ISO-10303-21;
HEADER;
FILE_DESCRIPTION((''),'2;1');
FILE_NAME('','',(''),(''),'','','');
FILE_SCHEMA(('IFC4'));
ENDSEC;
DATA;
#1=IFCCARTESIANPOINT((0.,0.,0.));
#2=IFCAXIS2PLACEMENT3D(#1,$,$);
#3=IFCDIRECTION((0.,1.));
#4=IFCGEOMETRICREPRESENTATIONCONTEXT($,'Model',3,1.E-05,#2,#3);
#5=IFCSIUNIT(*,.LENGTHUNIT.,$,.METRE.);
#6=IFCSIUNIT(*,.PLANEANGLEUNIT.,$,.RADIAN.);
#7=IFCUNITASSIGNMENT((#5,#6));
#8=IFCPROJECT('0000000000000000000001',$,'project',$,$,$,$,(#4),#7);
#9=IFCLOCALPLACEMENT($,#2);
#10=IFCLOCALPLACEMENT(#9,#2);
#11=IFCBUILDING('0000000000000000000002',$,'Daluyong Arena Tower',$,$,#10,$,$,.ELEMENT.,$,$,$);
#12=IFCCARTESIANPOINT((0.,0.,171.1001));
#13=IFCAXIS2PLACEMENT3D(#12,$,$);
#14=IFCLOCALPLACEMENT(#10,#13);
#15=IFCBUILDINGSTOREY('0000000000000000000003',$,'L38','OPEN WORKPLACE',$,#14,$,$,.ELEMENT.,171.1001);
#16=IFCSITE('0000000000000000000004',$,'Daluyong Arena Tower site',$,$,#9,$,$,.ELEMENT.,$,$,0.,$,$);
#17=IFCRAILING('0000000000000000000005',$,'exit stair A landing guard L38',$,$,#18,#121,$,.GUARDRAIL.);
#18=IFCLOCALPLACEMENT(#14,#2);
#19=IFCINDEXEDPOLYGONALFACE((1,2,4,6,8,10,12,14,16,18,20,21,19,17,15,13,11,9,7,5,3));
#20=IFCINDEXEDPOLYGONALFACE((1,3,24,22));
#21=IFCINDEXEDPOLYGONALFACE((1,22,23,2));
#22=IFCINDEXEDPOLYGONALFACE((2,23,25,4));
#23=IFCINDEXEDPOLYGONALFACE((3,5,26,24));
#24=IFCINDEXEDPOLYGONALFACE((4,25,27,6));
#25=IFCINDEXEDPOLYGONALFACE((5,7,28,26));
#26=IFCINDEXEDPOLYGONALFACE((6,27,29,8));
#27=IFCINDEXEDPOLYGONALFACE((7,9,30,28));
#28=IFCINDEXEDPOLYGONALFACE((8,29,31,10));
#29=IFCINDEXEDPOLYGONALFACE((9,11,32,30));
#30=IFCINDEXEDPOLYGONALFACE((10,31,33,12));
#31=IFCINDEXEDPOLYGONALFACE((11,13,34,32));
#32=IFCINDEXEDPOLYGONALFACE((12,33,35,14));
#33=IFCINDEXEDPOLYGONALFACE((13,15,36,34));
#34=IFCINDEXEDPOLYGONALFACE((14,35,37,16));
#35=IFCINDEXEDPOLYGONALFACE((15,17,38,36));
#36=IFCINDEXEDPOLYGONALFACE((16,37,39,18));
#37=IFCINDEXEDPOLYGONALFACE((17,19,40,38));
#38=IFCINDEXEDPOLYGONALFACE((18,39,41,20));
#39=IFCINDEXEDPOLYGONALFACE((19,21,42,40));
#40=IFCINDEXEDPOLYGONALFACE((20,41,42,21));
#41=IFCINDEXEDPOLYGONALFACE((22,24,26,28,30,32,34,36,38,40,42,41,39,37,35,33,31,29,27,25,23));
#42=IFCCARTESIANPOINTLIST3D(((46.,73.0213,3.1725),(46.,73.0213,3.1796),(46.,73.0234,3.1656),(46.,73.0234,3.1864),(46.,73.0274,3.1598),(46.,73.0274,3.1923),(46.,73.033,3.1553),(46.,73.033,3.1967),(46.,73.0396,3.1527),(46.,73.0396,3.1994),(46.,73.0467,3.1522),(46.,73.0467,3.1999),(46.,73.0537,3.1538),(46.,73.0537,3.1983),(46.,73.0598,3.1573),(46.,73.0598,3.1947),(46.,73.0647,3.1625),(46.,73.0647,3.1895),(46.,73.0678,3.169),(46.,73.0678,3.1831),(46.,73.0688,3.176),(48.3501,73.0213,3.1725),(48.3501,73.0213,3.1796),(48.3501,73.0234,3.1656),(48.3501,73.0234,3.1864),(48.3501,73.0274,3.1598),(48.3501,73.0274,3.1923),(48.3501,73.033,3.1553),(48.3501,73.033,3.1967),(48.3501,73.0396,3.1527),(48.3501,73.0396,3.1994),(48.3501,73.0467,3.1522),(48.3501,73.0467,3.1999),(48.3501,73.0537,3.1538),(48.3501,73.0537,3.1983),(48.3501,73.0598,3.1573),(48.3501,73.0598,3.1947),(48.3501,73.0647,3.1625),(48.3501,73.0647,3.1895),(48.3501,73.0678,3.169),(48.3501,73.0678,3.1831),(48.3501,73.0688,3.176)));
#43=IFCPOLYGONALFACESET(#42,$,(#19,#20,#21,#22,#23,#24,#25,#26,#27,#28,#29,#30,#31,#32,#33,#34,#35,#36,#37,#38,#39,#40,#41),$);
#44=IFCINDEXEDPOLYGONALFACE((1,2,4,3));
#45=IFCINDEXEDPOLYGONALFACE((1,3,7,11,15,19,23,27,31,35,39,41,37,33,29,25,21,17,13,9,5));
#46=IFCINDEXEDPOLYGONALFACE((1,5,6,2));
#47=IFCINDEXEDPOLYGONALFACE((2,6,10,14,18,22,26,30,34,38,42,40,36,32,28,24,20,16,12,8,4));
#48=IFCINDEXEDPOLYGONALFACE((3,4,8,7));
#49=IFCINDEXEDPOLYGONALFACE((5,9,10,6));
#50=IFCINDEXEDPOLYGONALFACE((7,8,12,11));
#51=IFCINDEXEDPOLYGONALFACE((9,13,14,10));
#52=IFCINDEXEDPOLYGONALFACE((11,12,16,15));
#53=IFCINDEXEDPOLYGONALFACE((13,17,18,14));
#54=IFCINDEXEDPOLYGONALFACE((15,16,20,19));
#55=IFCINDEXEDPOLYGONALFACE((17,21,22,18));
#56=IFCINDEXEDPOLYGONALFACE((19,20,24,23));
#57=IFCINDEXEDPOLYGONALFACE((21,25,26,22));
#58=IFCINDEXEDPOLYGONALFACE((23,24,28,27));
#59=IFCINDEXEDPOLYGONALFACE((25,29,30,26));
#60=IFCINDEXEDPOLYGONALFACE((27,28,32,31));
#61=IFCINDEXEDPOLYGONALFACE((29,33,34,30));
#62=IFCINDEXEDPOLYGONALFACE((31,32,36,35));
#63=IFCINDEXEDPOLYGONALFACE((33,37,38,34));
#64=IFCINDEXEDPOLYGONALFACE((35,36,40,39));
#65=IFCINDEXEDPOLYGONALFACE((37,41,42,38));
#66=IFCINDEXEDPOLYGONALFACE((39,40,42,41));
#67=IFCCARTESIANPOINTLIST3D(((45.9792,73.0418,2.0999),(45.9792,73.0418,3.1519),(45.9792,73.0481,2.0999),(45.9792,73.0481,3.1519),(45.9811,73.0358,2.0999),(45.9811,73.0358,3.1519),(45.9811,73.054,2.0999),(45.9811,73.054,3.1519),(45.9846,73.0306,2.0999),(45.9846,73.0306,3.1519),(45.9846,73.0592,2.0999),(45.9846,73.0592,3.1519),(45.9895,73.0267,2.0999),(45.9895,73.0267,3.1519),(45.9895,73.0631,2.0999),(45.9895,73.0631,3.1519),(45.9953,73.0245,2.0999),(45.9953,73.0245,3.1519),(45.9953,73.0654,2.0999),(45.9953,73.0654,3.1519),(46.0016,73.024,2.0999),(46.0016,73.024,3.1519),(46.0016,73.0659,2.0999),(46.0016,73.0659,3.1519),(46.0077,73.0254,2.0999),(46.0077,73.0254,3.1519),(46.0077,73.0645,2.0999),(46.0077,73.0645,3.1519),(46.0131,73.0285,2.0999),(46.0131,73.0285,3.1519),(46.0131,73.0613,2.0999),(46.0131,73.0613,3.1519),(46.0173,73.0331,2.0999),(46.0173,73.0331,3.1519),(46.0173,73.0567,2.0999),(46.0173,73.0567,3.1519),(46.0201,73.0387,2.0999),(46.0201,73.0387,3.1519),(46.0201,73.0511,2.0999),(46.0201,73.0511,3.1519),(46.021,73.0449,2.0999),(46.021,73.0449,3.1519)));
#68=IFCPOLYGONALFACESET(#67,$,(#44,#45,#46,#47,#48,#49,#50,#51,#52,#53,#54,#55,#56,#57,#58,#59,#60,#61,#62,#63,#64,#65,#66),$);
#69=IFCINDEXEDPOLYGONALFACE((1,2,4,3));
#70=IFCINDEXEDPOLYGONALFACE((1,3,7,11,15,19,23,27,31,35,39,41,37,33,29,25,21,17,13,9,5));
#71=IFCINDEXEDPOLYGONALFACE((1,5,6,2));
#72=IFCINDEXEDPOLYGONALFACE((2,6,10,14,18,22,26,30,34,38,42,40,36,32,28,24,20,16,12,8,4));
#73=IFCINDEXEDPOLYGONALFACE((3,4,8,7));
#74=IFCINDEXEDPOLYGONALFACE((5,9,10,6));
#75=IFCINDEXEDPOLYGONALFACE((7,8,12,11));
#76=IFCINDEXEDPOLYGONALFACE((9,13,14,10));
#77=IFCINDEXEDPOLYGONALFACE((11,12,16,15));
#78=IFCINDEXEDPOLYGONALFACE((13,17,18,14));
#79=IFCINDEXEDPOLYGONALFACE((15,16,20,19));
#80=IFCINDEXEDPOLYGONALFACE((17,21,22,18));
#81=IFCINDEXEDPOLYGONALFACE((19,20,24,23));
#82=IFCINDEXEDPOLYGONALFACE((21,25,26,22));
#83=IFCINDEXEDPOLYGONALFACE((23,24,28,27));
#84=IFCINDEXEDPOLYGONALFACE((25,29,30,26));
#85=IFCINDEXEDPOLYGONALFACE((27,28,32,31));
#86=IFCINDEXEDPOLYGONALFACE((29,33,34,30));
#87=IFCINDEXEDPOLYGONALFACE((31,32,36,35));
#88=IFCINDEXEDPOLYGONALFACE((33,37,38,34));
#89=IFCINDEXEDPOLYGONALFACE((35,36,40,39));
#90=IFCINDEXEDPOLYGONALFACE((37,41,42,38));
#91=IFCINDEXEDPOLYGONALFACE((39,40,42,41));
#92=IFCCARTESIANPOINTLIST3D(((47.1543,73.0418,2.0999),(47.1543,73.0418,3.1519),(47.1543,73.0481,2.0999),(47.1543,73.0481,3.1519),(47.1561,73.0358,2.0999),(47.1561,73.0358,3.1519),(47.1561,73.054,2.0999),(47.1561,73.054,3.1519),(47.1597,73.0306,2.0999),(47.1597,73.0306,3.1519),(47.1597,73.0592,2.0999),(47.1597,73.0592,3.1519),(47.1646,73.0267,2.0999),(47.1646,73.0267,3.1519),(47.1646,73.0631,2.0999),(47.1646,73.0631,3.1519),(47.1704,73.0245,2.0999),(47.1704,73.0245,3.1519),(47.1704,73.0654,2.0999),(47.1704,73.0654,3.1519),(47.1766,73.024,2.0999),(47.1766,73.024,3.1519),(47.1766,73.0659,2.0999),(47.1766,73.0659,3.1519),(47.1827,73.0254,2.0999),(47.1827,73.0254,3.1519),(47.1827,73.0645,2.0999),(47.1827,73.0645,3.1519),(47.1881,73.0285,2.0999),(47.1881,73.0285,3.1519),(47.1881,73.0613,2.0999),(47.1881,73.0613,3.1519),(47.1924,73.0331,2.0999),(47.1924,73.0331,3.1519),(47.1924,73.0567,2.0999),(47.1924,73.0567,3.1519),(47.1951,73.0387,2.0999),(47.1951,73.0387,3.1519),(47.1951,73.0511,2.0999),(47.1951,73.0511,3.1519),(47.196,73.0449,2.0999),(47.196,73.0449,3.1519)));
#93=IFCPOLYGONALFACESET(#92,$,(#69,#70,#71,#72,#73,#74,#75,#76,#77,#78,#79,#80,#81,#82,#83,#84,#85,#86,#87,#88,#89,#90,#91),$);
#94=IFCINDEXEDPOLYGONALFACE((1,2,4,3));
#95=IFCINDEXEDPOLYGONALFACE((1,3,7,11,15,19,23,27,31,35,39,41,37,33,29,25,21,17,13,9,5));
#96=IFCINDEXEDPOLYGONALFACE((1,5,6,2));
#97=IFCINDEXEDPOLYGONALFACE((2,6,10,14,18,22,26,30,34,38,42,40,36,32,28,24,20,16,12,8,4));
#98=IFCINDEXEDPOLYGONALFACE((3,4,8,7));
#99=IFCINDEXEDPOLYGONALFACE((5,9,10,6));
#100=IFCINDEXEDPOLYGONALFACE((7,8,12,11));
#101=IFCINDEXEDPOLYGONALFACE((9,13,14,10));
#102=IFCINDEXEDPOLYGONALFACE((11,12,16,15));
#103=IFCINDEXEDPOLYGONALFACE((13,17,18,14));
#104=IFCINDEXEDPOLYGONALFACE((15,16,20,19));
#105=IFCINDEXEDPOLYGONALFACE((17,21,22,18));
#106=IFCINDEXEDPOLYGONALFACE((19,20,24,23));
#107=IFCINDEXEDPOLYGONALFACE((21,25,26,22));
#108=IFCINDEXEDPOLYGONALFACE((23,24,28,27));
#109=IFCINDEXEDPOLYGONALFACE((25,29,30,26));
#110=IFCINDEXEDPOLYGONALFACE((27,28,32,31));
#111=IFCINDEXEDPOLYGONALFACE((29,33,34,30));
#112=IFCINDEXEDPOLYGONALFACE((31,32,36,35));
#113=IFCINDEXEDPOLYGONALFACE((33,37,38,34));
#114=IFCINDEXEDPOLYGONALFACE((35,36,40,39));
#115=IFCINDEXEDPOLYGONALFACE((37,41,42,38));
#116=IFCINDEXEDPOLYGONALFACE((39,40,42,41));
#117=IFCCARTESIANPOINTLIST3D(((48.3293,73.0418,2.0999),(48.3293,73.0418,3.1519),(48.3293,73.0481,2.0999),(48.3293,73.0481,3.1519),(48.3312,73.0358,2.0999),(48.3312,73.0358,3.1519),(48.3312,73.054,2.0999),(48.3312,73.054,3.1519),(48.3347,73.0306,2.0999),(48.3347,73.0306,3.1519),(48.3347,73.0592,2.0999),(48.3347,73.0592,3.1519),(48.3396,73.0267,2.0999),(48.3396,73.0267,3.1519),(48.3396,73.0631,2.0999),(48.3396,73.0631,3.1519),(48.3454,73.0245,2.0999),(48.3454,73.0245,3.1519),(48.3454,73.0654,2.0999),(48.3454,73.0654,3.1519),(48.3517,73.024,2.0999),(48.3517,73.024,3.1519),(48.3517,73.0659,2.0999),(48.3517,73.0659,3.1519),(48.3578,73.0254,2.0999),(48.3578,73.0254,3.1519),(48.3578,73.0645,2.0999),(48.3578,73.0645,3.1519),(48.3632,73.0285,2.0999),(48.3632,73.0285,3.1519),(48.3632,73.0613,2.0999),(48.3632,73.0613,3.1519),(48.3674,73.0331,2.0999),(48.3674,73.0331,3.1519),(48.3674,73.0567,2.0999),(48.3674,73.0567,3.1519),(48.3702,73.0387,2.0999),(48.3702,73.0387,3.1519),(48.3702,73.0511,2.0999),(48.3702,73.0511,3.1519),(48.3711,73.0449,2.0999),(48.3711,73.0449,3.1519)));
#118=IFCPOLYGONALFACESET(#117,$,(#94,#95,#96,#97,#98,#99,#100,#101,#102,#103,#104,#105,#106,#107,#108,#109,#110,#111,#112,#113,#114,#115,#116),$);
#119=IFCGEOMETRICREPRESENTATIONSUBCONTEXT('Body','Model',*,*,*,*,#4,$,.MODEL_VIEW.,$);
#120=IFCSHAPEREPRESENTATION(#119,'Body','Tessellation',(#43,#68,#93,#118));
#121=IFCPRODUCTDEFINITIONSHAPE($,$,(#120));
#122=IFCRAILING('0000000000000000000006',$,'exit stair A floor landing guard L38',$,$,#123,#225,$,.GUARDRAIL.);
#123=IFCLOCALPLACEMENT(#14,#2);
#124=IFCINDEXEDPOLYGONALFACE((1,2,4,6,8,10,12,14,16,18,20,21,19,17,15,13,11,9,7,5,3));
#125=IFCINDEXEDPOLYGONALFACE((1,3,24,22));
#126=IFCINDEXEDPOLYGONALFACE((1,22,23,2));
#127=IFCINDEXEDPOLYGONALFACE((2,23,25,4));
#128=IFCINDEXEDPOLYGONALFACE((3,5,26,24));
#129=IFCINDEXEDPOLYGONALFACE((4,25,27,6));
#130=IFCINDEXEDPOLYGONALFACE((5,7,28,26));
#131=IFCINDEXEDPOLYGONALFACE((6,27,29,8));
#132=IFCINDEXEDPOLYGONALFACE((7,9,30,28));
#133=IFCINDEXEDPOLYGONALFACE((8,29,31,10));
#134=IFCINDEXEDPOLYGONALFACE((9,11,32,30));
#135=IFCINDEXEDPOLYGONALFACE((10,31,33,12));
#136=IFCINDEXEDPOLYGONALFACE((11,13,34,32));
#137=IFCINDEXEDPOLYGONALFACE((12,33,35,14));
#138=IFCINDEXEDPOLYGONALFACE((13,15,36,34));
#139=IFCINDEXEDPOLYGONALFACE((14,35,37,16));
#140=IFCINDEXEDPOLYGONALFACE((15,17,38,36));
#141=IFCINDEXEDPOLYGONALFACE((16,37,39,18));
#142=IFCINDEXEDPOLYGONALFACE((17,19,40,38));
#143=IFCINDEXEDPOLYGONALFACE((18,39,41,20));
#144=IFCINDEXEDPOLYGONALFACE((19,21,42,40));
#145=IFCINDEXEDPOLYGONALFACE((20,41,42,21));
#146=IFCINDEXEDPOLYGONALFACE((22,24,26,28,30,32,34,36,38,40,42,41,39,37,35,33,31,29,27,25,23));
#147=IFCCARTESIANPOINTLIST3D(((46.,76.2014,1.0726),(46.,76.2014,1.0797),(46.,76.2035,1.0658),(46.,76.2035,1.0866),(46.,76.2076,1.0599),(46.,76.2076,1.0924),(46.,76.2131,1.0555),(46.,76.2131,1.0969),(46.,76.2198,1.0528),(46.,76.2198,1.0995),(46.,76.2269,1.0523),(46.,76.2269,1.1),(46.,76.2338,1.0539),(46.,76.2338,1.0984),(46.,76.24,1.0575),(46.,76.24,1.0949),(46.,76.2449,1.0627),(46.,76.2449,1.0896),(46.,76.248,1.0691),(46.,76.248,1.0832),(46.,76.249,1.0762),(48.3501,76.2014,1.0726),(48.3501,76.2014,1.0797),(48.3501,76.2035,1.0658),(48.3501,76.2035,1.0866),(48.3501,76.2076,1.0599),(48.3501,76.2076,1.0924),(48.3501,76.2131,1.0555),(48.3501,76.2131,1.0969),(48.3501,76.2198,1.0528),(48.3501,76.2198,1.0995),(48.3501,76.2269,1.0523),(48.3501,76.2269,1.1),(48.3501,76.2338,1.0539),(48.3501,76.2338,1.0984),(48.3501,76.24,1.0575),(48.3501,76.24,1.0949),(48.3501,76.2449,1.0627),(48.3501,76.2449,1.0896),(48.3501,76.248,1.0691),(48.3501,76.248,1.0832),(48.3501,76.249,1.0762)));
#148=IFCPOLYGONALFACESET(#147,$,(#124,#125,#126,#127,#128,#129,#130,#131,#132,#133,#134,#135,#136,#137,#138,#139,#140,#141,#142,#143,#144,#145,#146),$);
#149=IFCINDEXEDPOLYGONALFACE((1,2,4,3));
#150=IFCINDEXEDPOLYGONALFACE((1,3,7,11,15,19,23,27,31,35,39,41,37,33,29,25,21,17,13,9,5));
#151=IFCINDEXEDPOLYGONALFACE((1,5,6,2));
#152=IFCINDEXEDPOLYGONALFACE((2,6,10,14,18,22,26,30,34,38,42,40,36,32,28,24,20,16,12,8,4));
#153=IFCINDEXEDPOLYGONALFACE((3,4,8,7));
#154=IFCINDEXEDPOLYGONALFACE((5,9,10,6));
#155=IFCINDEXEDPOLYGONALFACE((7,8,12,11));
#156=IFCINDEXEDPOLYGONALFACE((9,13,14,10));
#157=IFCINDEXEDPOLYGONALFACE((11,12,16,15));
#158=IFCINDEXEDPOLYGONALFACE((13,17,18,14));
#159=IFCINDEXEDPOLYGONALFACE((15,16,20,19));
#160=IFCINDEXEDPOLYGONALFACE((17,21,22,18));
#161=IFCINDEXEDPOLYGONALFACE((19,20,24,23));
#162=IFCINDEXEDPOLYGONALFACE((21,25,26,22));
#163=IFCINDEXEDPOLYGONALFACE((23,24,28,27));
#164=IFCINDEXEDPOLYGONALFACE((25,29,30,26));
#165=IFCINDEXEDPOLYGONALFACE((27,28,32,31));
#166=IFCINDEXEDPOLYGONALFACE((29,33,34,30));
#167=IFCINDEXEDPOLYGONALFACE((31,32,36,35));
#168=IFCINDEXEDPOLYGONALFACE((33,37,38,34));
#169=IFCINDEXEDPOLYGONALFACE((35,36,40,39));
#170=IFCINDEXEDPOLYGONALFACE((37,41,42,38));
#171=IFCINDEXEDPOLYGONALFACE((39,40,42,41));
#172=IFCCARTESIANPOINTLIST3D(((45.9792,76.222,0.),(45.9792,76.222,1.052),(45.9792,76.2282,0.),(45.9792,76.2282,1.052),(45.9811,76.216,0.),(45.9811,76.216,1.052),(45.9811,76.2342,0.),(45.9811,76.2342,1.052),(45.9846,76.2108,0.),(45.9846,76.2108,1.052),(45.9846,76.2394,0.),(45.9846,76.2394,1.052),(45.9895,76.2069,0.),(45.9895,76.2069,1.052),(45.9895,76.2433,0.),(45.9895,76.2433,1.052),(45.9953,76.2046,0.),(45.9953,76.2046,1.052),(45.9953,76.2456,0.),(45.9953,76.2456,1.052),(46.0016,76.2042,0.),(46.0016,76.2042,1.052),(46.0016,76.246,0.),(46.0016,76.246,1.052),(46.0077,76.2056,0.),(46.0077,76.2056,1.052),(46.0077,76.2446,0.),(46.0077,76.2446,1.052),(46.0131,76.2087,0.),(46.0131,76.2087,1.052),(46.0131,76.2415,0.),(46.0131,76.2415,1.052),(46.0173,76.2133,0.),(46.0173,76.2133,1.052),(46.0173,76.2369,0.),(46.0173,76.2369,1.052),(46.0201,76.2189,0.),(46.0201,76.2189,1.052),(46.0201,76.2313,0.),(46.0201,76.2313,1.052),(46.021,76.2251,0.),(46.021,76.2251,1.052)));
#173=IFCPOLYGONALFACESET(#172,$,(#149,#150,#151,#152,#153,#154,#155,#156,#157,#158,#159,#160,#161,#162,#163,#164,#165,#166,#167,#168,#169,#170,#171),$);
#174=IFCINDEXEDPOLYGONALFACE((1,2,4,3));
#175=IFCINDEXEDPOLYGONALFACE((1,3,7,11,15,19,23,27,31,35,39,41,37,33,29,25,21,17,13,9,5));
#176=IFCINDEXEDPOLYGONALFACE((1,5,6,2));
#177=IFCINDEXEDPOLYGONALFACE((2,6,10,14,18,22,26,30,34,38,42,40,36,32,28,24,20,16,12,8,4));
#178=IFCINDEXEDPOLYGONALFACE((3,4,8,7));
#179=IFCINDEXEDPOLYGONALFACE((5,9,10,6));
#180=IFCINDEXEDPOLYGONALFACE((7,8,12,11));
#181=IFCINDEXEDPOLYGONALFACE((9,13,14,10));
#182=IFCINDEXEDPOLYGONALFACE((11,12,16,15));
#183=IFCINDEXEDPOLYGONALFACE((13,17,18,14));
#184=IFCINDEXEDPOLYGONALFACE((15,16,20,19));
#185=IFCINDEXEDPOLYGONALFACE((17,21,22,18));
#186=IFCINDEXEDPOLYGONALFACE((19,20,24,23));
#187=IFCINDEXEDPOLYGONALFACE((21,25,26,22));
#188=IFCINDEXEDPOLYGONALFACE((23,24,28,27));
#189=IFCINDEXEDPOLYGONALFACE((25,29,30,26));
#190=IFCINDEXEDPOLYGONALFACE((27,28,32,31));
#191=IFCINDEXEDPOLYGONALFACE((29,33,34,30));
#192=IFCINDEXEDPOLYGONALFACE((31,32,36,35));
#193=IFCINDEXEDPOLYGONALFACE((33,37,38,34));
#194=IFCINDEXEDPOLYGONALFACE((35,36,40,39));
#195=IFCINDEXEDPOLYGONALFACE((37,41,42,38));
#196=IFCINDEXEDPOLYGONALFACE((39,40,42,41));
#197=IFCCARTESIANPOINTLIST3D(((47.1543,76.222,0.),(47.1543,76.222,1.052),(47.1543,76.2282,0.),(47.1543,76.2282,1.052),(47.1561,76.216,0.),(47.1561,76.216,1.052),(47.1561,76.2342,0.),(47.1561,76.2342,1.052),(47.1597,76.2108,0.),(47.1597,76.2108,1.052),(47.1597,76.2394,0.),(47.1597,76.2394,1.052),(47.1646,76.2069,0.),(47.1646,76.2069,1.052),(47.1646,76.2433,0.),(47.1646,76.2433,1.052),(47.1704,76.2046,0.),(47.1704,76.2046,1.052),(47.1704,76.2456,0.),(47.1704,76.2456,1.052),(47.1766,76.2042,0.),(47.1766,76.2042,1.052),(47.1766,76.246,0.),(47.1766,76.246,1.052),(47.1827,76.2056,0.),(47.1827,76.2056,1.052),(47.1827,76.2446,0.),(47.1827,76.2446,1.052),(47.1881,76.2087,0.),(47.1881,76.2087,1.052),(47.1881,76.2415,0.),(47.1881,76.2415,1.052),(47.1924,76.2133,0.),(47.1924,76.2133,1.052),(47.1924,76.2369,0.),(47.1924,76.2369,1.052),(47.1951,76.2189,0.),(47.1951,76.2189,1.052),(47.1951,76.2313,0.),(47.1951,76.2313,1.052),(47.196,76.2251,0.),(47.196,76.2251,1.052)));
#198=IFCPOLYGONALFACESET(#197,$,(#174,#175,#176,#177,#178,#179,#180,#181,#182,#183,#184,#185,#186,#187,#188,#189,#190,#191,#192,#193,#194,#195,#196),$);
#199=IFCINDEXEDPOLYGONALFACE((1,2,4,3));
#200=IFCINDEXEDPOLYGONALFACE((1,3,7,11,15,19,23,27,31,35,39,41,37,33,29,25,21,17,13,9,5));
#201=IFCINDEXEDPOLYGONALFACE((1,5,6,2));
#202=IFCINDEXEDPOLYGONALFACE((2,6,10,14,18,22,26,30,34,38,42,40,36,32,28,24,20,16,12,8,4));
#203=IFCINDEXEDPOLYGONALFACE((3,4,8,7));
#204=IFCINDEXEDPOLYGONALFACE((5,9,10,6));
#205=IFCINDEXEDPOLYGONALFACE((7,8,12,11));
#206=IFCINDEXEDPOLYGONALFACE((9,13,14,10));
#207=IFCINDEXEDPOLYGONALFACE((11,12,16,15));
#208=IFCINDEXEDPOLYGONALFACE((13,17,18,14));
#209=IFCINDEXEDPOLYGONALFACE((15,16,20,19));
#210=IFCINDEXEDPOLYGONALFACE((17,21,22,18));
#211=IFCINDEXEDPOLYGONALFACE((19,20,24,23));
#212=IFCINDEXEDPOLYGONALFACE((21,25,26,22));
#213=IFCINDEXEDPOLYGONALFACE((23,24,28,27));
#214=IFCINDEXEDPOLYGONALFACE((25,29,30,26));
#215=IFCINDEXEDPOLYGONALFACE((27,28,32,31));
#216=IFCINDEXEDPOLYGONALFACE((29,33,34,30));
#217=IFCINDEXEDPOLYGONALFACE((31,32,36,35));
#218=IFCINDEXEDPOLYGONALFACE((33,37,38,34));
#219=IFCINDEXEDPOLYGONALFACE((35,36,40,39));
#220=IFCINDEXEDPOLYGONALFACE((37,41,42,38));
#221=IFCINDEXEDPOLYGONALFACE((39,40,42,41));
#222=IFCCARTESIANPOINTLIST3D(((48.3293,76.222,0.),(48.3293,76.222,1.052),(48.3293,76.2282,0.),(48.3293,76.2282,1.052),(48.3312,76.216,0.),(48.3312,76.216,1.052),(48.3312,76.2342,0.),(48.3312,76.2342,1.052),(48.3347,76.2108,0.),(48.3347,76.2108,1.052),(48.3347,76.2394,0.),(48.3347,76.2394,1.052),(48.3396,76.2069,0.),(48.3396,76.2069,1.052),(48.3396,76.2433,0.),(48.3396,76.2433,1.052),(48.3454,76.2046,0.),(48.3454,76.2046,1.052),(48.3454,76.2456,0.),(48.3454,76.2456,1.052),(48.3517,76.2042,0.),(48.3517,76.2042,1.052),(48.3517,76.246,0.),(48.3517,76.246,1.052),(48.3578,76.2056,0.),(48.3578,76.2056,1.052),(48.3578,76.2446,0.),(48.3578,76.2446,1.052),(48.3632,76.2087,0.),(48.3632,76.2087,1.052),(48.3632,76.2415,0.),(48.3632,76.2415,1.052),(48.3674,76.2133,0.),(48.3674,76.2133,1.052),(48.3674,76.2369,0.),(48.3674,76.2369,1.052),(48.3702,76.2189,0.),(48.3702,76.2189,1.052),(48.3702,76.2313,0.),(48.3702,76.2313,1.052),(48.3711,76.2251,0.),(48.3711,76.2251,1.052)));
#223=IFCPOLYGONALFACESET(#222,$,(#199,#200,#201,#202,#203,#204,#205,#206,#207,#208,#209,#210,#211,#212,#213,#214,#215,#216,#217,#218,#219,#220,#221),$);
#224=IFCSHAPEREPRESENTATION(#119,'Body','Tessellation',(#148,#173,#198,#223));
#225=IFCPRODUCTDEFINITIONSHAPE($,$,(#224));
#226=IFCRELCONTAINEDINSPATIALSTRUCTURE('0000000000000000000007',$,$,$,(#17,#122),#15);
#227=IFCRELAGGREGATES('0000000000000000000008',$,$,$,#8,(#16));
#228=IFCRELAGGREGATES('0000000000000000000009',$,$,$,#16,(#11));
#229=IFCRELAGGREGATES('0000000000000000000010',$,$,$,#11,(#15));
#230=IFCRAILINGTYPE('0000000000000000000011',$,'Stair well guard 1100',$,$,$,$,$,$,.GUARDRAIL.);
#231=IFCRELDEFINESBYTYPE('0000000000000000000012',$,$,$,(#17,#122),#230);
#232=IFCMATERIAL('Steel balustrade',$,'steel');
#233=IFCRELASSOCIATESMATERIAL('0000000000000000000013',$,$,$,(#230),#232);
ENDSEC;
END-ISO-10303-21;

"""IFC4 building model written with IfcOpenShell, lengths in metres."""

from ifc_helpers import new_model, si_unit, direction, frame, origin, origin_2d, place, context, subcontext, project, spatial, circle, extrude, material, type_object, element, save


model = new_model("IFC4")

# Units and contexts
model_context = context("Model", 3, precision=1e-05, world=origin(), true_north=direction((0.0, 1.0)))
body_context = subcontext(model_context, "Body", "Model", "MODEL_VIEW")
ifc_project = project(units=[si_unit("LENGTHUNIT", "METRE"), si_unit("PLANEANGLEUNIT", "RADIAN")], contexts=[model_context])

# Site, building, storey
site_placement = place(None, origin())
site = spatial("IfcSite", under=ifc_project, at=site_placement, Name="Daluyong Arena Tower site", CompositionType="ELEMENT", RefElevation=0.0)
building_placement = place(site_placement, origin())
building = spatial("IfcBuilding", under=site, at=building_placement, Name="Daluyong Arena Tower", CompositionType="ELEMENT")
storey_placement = place(building_placement, frame((0.0, 0.0, 171.1001)))
storey = spatial("IfcBuildingStorey", under=building, at=storey_placement, Name="L38", Description="OPEN WORKPLACE", CompositionType="ELEMENT", Elevation=171.1001)

# Railings
ifc_material_1 = material(Name="Steel balustrade", Category="steel")
railing_type_1 = type_object("IfcRailingType", Name="Stair well guard 1100", PredefinedType="GUARDRAIL", material=ifc_material_1)
for number, where, name in (
    (1, (46.0, 73.0449, 2.0999), "exit stair A landing guard L38"),
    (2, (46.0, 76.2251, 0.0), "exit stair A floor landing guard L38"),
):
    element("IfcRailing", number, at=place(storey_placement, frame(where)), inside=storey, type_object=railing_type_1, Name=name, PredefinedType="GUARDRAIL", context=body_context, shape_type="SweptSolid", body=[
        extrude(circle(Radius=0.0239, at=origin_2d()), frame((0.0, 0.0, 1.0762), z_axis=(1.0, 0.0, 0.0), x_axis=(0.0, 1.0, 0.0)), (0.0, 0.0, 1.0), 2.3501),
        extrude(circle(Radius=0.021, at=origin_2d()), origin(), (0.0, 0.0, 1.0), 1.052),
        extrude(circle(Radius=0.021, at=origin_2d()), frame((1.175, 0.0, 0.0)), (0.0, 0.0, 1.0), 1.052),
        extrude(circle(Radius=0.021, at=origin_2d()), frame((2.3501, 0.0, 0.0)), (0.0, 0.0, 1.0), 1.052),
    ])

save(model, "model.ifc")
